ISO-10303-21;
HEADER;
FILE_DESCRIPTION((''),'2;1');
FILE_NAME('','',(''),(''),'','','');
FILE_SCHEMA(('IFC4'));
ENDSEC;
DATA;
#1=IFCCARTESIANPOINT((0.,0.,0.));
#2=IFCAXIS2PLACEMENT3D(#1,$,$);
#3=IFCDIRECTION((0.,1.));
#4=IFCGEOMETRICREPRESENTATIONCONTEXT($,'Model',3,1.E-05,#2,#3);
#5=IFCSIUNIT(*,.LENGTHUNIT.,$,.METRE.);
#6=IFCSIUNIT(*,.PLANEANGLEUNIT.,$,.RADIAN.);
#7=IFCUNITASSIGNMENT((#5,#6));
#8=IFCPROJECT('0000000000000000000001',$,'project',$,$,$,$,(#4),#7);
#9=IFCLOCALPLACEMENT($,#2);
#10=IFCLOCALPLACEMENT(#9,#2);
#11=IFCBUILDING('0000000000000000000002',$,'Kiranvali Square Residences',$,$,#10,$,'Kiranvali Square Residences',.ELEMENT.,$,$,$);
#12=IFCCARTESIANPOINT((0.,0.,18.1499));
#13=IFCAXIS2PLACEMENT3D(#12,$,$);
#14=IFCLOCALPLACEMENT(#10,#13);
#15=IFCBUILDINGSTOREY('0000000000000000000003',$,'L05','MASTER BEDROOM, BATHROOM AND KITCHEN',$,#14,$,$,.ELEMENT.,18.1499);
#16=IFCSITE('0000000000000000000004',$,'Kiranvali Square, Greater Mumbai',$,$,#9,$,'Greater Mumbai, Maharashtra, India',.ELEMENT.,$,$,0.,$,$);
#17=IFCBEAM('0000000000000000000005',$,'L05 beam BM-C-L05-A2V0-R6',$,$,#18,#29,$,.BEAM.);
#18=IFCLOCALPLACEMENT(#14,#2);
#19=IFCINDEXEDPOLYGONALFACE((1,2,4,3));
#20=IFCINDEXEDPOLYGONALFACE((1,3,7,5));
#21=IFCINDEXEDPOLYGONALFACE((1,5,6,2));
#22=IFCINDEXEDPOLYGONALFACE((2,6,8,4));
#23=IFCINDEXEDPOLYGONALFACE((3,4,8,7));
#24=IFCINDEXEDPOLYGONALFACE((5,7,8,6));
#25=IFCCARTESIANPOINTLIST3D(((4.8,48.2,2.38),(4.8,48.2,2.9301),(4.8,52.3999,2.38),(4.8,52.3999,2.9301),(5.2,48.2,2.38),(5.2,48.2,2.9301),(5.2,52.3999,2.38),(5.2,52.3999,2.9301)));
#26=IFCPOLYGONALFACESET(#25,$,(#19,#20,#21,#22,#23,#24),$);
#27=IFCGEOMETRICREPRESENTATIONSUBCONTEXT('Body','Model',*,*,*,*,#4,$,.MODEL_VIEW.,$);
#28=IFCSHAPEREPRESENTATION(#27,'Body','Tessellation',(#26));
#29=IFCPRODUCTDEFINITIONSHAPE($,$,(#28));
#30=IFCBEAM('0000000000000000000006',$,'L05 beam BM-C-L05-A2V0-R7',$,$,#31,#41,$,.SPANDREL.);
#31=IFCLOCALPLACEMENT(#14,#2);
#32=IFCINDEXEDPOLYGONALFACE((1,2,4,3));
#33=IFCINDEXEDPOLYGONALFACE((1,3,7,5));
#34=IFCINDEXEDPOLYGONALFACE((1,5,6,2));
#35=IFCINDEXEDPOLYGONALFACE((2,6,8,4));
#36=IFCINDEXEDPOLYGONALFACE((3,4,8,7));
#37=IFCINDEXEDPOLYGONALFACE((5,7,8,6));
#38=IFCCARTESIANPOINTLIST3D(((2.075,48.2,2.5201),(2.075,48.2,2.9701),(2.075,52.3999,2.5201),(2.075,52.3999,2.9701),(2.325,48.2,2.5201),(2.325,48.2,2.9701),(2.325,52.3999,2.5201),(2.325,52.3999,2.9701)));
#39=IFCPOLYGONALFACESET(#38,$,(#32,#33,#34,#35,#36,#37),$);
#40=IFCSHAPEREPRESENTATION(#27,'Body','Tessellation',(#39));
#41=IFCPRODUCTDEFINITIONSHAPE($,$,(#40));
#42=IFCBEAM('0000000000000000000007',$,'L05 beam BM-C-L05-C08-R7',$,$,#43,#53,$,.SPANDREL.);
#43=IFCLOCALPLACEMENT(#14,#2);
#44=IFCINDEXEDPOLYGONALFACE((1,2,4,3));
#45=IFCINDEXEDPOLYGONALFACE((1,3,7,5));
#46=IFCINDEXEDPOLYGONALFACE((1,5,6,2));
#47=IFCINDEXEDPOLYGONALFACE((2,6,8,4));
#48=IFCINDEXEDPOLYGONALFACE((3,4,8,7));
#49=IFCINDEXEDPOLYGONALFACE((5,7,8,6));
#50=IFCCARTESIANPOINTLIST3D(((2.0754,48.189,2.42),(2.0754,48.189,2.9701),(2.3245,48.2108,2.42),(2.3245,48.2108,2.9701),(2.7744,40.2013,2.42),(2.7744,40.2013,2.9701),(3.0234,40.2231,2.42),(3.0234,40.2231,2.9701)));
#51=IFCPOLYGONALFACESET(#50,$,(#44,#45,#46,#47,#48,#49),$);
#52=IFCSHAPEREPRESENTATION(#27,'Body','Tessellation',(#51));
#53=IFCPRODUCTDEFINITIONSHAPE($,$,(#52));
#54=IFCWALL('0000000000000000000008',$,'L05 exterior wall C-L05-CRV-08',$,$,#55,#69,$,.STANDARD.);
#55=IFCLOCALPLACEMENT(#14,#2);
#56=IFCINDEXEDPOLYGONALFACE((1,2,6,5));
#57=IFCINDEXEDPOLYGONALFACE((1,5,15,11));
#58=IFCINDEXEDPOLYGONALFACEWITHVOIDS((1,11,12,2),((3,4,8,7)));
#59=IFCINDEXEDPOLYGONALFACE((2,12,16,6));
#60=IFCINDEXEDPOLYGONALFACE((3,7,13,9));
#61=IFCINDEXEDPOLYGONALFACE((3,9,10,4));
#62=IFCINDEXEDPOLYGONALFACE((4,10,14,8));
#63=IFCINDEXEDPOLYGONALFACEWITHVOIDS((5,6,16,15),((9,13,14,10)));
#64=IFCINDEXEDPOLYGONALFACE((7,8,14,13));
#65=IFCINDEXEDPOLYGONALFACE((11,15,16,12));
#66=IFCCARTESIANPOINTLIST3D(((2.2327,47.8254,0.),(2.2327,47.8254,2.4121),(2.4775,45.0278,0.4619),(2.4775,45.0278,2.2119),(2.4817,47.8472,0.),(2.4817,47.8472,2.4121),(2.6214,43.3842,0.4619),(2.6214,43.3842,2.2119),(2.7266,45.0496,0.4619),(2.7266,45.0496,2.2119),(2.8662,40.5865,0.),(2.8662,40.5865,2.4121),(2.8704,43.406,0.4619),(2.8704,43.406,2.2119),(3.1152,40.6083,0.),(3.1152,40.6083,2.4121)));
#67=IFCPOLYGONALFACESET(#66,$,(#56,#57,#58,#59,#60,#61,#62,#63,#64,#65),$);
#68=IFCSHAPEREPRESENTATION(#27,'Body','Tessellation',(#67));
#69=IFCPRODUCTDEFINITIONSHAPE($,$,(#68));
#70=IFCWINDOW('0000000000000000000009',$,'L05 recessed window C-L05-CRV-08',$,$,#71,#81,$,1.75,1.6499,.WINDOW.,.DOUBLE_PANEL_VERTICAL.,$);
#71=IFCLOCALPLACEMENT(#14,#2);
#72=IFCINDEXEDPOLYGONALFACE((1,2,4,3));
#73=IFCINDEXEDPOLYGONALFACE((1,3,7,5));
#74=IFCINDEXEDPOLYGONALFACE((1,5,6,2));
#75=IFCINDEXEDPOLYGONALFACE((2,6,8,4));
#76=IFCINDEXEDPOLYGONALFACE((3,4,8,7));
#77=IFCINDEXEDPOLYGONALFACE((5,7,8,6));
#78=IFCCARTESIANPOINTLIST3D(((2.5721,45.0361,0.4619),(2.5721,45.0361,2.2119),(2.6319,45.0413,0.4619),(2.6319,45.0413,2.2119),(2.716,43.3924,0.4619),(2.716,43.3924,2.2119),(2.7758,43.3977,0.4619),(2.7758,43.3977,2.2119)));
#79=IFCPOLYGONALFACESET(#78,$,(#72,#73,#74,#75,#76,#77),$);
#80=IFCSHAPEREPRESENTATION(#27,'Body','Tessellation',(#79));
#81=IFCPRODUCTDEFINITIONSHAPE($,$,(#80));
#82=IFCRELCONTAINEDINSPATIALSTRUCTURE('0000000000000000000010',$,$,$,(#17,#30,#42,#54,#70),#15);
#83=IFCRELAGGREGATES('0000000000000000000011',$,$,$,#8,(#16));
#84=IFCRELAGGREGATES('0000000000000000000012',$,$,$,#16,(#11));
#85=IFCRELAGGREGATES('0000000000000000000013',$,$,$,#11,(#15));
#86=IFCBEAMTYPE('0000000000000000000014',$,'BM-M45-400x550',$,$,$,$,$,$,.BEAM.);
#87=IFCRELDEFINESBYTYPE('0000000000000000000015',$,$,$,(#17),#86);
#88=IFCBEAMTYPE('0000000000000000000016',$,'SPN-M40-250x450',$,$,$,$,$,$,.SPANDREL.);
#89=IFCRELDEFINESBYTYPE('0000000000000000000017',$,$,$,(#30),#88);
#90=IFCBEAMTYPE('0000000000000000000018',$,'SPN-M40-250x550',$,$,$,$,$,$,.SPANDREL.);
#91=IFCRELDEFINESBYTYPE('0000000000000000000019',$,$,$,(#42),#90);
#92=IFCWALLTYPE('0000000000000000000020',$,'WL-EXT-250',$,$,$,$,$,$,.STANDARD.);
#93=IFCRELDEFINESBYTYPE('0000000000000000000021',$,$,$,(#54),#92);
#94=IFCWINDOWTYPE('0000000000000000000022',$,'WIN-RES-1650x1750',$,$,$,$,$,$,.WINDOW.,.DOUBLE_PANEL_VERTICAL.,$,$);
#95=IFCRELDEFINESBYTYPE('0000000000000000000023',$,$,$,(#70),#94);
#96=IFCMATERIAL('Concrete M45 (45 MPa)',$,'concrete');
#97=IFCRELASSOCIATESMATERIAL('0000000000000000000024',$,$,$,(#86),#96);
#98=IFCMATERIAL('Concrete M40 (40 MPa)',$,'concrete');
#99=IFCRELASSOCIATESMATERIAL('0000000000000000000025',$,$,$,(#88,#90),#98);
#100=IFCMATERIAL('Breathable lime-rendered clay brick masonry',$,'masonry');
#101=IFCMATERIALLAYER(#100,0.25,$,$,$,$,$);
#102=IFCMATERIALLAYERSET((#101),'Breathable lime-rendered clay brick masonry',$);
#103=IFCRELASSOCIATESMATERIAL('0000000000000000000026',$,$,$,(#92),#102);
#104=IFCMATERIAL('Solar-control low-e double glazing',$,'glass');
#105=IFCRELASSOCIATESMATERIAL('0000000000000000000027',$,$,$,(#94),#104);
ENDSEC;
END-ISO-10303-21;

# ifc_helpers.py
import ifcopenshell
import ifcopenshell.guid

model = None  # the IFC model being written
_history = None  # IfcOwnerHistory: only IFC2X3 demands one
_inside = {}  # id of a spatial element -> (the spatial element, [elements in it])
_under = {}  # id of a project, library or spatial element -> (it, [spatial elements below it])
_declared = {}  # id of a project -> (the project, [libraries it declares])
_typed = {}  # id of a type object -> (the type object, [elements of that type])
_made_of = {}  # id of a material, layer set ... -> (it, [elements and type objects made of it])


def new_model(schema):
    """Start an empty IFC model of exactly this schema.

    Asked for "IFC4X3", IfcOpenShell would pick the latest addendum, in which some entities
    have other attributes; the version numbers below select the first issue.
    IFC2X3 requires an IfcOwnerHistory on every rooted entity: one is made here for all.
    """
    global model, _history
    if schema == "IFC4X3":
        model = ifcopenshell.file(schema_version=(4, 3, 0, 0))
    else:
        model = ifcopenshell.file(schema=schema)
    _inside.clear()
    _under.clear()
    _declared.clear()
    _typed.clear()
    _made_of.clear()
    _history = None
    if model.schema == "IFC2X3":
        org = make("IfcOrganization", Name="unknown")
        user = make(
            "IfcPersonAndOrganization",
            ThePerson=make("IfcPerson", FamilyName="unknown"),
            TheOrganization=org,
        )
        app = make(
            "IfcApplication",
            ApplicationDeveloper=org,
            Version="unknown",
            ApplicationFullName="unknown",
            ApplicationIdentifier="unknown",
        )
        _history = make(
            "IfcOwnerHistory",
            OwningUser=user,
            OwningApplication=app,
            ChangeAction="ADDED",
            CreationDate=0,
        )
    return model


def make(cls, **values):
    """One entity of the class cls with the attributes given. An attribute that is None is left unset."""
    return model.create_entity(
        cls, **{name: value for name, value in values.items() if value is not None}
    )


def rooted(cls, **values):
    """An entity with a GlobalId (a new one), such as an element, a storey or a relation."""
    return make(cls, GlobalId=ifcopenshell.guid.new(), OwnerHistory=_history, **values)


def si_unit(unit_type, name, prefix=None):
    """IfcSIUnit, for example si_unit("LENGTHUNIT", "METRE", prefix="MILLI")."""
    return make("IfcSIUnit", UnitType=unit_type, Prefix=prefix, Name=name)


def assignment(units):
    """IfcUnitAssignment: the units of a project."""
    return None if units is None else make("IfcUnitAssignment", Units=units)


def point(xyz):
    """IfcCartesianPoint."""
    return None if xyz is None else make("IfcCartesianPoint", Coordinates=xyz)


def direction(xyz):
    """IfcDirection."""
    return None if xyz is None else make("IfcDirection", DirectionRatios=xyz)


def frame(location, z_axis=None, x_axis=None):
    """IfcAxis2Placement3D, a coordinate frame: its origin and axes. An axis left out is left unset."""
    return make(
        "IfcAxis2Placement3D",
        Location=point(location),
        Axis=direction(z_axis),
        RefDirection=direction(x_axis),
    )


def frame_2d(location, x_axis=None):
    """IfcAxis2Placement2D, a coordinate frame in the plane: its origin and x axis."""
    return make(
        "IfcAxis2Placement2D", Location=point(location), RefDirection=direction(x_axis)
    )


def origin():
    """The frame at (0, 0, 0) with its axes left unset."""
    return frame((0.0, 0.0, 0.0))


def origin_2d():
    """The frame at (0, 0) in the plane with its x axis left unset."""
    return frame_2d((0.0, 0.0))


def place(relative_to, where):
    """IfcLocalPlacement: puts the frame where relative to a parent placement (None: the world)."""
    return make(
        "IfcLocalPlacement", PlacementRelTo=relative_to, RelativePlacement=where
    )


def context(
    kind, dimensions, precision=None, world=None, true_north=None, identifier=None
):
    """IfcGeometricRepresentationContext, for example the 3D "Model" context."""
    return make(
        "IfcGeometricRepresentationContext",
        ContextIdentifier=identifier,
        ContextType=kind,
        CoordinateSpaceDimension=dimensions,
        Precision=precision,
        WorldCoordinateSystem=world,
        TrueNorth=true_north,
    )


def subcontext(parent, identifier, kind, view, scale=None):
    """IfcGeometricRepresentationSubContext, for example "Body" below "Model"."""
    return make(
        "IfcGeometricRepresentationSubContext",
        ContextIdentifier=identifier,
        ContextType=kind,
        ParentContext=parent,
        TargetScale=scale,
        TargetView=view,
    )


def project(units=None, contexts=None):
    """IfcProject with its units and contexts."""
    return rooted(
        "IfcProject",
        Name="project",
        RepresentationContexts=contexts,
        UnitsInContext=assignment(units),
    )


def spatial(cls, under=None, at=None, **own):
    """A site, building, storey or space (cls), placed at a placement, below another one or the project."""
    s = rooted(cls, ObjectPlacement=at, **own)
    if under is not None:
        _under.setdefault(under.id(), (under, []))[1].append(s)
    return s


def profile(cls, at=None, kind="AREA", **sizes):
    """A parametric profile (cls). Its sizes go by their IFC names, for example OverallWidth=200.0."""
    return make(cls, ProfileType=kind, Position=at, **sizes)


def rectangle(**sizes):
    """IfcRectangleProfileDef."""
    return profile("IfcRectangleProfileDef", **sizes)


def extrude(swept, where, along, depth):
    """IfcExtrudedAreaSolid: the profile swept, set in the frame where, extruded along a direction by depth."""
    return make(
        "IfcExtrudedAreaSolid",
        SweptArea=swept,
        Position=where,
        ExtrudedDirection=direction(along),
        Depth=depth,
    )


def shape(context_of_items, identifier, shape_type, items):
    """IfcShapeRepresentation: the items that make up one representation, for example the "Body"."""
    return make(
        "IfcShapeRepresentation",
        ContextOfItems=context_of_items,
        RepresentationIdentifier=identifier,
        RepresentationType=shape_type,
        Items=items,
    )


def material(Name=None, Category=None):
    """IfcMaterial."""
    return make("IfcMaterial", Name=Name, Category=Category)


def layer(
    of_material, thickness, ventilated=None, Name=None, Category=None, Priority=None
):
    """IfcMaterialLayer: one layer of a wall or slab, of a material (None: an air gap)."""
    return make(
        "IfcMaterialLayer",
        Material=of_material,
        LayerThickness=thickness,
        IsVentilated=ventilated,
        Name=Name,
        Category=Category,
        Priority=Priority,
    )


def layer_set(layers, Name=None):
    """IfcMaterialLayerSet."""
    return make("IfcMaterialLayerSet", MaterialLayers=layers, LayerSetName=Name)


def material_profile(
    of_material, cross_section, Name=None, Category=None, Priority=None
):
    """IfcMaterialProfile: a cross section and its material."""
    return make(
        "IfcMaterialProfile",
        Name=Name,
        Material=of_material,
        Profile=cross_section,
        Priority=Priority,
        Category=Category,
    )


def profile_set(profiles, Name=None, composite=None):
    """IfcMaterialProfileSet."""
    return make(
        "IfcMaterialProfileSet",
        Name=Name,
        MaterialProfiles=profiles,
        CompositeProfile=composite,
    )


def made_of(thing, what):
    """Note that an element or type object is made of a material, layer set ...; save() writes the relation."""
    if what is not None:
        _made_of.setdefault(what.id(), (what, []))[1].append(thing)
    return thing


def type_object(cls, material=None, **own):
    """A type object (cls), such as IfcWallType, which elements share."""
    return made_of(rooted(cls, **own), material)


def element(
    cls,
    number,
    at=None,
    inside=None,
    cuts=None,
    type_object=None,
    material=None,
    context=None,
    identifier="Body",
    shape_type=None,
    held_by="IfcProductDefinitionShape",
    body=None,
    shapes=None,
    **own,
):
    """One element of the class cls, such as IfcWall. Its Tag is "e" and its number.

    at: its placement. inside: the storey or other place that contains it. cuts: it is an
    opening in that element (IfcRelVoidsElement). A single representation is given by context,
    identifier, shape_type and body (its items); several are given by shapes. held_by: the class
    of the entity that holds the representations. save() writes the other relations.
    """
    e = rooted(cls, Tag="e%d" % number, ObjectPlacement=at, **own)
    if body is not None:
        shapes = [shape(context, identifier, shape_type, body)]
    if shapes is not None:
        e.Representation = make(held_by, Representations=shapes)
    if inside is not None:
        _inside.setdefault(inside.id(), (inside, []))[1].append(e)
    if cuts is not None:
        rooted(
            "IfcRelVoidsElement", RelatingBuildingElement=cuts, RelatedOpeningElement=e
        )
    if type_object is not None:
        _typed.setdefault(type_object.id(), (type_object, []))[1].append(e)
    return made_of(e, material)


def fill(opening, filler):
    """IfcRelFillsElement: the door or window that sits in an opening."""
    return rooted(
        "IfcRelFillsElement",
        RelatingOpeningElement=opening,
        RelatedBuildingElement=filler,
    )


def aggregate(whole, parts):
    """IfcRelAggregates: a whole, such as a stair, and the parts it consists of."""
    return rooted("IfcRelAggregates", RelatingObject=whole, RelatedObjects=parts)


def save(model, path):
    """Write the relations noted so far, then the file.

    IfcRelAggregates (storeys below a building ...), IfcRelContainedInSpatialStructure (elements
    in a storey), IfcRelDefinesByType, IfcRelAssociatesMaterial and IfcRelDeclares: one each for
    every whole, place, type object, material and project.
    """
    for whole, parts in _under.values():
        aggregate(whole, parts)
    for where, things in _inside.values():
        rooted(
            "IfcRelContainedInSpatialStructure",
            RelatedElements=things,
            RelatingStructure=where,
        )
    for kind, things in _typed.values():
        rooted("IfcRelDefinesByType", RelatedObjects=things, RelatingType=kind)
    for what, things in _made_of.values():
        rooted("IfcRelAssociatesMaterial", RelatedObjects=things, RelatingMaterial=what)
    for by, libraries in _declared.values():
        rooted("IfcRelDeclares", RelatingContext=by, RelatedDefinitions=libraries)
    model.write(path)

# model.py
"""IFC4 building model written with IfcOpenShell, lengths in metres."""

from ifc_helpers import new_model, si_unit, direction, frame, frame_2d, origin, origin_2d, place, context, subcontext, project, spatial, rectangle, extrude, material, layer, layer_set, material_profile, profile_set, type_object, element, fill, save


model = new_model("IFC4")

# Units and contexts
model_context = context("Model", 3, precision=1e-05, world=origin(), true_north=direction((0.0, 1.0)))
body_context = subcontext(model_context, "Body", "Model", "MODEL_VIEW")
ifc_project = project(units=[si_unit("LENGTHUNIT", "METRE"), si_unit("PLANEANGLEUNIT", "RADIAN")], contexts=[model_context])

# Site, building, storey
site_placement = place(None, origin())
site = spatial("IfcSite", under=ifc_project, at=site_placement, Name="Kiranvali Square, Greater Mumbai", LongName="Greater Mumbai, Maharashtra, India", CompositionType="ELEMENT", RefElevation=0.0)
building_placement = place(site_placement, origin())
building = spatial("IfcBuilding", under=site, at=building_placement, Name="Kiranvali Square Residences", LongName="Kiranvali Square Residences", CompositionType="ELEMENT")
storey_placement = place(building_placement, frame((0.0, 0.0, 18.1499)))
storey = spatial("IfcBuildingStorey", under=building, at=storey_placement, Name="L05", Description="MASTER BEDROOM, BATHROOM AND KITCHEN", CompositionType="ELEMENT", Elevation=18.1499)

# Shared definitions
ifc_material_1 = material(Name="Concrete M45 (45 MPa)", Category="concrete")

# Beams
ifc_material_2 = material(Name="Concrete M40 (40 MPa)", Category="concrete")
ifc_material_profile_1 = material_profile(ifc_material_1, rectangle(XDim=0.3999, YDim=0.55, at=origin_2d()), Name="RC 400x550")
ifc_profile_set_1 = profile_set([ifc_material_profile_1], Name="Concrete M45 (45 MPa)")
beam_type_1 = type_object("IfcBeamType", Name="BM-M45-400x550", PredefinedType="BEAM", material=ifc_profile_set_1)
beam_1_placement = place(storey_placement, frame((5.0, 48.2, 2.655), z_axis=(0.0, 1.0, 0.0), x_axis=(-1.0, 0.0, 0.0)))
element("IfcBeam", 1, at=beam_1_placement, inside=storey, type_object=beam_type_1, Name="L05 beam BM-C-L05-A2V0-R6", PredefinedType="BEAM", context=body_context, shape_type="SweptSolid", body=[
    extrude(rectangle(XDim=0.3999, YDim=0.55, at=origin_2d()), origin(), (0.0, 0.0, 1.0), 4.2),
])
ifc_material_profile_2 = material_profile(ifc_material_2, rectangle(XDim=0.25, YDim=0.45, at=origin_2d()), Name="RC 250x450")
ifc_profile_set_2 = profile_set([ifc_material_profile_2], Name="Concrete M40 (40 MPa)")
beam_type_2 = type_object("IfcBeamType", Name="SPN-M40-250x450", PredefinedType="SPANDREL", material=ifc_profile_set_2)
beam_2_placement = place(storey_placement, frame((2.2, 48.2, 2.7451), z_axis=(0.0, 1.0, 0.0), x_axis=(-1.0, 0.0, 0.0)))
element("IfcBeam", 2, at=beam_2_placement, inside=storey, type_object=beam_type_2, Name="L05 beam BM-C-L05-A2V0-R7", PredefinedType="SPANDREL", context=body_context, shape_type="SweptSolid", body=[
    extrude(rectangle(XDim=0.25, YDim=0.45, at=origin_2d()), origin(), (0.0, 0.0, 1.0), 4.2),
])
ifc_material_profile_3 = material_profile(ifc_material_2, rectangle(XDim=0.25, YDim=0.55, at=origin_2d()), Name="RC 250x550")
ifc_profile_set_3 = profile_set([ifc_material_profile_3], Name="Concrete M40 (40 MPa)")
beam_type_3 = type_object("IfcBeamType", Name="SPN-M40-250x550", PredefinedType="SPANDREL", material=ifc_profile_set_3)
beam_3_placement = place(storey_placement, frame((2.8989, 40.2122, 2.6951), z_axis=(-0.087172, 0.996193, 0.0), x_axis=(-0.996193, -0.087172, 0.0)))
element("IfcBeam", 3, at=beam_3_placement, inside=storey, type_object=beam_type_3, Name="L05 beam BM-C-L05-C08-R7", PredefinedType="SPANDREL", context=body_context, shape_type="SweptSolid", body=[
    extrude(rectangle(XDim=0.25, YDim=0.55, at=origin_2d()), origin(), (0.0, 0.0, 1.0), 8.0183),
])

# Wall, opening, window
ifc_material_3 = material(Name="Breathable lime-rendered clay brick masonry", Category="masonry")
ifc_layer = layer(ifc_material_3, 0.25)
ifc_layer_set = layer_set([ifc_layer], Name="Breathable lime-rendered clay brick masonry")
wall_type = type_object("IfcWallType", Name="WL-EXT-250", PredefinedType="STANDARD", material=ifc_layer_set)
wall_placement = place(storey_placement, frame((2.9907, 40.5974, 0.0), z_axis=(0.0, 0.0, 1.0), x_axis=(-0.087185, 0.996192, 0.0)))
wall = element("IfcWall", 4, at=wall_placement, inside=storey, type_object=wall_type, Name="L05 exterior wall C-L05-CRV-08", PredefinedType="STANDARD", context=body_context, shape_type="SweptSolid", body=[
    extrude(rectangle(XDim=7.2666, YDim=0.25, at=frame_2d((3.6333, 0.0))), origin(), (0.0, 0.0, 1.0), 2.4121),
])
opening_placement = place(wall_placement, frame((2.8083, 0.0, 0.4619)))
opening = element("IfcOpeningElement", 5, at=opening_placement, cuts=wall, PredefinedType="OPENING", context=body_context, shape_type="SweptSolid", body=[
    extrude(rectangle(XDim=1.6499, YDim=1.75, at=frame_2d((0.825, 0.875))), frame((0.0, 0.135, 0.0), z_axis=(0.0, -1.0, 0.0), x_axis=(1.0, 0.0, 0.0)), (0.0, 0.0, 1.0), 0.27),
])
ifc_material_4 = material(Name="Solar-control low-e double glazing", Category="glass")
window_type = type_object("IfcWindowType", Name="WIN-RES-1650x1750", PartitioningType="DOUBLE_PANEL_VERTICAL", PredefinedType="WINDOW", material=ifc_material_4)
window_placement = place(opening_placement, origin())
window = element("IfcWindow", 6, at=window_placement, inside=storey, type_object=window_type, Name="L05 recessed window C-L05-CRV-08", OverallHeight=1.75, OverallWidth=1.6499, PartitioningType="DOUBLE_PANEL_VERTICAL", PredefinedType="WINDOW", context=body_context, shape_type="SweptSolid", body=[
    extrude(rectangle(XDim=1.6499, YDim=1.75, at=frame_2d((0.825, 0.875))), frame((0.0, 0.03, 0.0), z_axis=(0.0, -1.0, 0.0), x_axis=(1.0, 0.0, 0.0)), (0.0, 0.0, 1.0), 0.0601),
])
fill(opening, window)

save(model, "model.ifc")
